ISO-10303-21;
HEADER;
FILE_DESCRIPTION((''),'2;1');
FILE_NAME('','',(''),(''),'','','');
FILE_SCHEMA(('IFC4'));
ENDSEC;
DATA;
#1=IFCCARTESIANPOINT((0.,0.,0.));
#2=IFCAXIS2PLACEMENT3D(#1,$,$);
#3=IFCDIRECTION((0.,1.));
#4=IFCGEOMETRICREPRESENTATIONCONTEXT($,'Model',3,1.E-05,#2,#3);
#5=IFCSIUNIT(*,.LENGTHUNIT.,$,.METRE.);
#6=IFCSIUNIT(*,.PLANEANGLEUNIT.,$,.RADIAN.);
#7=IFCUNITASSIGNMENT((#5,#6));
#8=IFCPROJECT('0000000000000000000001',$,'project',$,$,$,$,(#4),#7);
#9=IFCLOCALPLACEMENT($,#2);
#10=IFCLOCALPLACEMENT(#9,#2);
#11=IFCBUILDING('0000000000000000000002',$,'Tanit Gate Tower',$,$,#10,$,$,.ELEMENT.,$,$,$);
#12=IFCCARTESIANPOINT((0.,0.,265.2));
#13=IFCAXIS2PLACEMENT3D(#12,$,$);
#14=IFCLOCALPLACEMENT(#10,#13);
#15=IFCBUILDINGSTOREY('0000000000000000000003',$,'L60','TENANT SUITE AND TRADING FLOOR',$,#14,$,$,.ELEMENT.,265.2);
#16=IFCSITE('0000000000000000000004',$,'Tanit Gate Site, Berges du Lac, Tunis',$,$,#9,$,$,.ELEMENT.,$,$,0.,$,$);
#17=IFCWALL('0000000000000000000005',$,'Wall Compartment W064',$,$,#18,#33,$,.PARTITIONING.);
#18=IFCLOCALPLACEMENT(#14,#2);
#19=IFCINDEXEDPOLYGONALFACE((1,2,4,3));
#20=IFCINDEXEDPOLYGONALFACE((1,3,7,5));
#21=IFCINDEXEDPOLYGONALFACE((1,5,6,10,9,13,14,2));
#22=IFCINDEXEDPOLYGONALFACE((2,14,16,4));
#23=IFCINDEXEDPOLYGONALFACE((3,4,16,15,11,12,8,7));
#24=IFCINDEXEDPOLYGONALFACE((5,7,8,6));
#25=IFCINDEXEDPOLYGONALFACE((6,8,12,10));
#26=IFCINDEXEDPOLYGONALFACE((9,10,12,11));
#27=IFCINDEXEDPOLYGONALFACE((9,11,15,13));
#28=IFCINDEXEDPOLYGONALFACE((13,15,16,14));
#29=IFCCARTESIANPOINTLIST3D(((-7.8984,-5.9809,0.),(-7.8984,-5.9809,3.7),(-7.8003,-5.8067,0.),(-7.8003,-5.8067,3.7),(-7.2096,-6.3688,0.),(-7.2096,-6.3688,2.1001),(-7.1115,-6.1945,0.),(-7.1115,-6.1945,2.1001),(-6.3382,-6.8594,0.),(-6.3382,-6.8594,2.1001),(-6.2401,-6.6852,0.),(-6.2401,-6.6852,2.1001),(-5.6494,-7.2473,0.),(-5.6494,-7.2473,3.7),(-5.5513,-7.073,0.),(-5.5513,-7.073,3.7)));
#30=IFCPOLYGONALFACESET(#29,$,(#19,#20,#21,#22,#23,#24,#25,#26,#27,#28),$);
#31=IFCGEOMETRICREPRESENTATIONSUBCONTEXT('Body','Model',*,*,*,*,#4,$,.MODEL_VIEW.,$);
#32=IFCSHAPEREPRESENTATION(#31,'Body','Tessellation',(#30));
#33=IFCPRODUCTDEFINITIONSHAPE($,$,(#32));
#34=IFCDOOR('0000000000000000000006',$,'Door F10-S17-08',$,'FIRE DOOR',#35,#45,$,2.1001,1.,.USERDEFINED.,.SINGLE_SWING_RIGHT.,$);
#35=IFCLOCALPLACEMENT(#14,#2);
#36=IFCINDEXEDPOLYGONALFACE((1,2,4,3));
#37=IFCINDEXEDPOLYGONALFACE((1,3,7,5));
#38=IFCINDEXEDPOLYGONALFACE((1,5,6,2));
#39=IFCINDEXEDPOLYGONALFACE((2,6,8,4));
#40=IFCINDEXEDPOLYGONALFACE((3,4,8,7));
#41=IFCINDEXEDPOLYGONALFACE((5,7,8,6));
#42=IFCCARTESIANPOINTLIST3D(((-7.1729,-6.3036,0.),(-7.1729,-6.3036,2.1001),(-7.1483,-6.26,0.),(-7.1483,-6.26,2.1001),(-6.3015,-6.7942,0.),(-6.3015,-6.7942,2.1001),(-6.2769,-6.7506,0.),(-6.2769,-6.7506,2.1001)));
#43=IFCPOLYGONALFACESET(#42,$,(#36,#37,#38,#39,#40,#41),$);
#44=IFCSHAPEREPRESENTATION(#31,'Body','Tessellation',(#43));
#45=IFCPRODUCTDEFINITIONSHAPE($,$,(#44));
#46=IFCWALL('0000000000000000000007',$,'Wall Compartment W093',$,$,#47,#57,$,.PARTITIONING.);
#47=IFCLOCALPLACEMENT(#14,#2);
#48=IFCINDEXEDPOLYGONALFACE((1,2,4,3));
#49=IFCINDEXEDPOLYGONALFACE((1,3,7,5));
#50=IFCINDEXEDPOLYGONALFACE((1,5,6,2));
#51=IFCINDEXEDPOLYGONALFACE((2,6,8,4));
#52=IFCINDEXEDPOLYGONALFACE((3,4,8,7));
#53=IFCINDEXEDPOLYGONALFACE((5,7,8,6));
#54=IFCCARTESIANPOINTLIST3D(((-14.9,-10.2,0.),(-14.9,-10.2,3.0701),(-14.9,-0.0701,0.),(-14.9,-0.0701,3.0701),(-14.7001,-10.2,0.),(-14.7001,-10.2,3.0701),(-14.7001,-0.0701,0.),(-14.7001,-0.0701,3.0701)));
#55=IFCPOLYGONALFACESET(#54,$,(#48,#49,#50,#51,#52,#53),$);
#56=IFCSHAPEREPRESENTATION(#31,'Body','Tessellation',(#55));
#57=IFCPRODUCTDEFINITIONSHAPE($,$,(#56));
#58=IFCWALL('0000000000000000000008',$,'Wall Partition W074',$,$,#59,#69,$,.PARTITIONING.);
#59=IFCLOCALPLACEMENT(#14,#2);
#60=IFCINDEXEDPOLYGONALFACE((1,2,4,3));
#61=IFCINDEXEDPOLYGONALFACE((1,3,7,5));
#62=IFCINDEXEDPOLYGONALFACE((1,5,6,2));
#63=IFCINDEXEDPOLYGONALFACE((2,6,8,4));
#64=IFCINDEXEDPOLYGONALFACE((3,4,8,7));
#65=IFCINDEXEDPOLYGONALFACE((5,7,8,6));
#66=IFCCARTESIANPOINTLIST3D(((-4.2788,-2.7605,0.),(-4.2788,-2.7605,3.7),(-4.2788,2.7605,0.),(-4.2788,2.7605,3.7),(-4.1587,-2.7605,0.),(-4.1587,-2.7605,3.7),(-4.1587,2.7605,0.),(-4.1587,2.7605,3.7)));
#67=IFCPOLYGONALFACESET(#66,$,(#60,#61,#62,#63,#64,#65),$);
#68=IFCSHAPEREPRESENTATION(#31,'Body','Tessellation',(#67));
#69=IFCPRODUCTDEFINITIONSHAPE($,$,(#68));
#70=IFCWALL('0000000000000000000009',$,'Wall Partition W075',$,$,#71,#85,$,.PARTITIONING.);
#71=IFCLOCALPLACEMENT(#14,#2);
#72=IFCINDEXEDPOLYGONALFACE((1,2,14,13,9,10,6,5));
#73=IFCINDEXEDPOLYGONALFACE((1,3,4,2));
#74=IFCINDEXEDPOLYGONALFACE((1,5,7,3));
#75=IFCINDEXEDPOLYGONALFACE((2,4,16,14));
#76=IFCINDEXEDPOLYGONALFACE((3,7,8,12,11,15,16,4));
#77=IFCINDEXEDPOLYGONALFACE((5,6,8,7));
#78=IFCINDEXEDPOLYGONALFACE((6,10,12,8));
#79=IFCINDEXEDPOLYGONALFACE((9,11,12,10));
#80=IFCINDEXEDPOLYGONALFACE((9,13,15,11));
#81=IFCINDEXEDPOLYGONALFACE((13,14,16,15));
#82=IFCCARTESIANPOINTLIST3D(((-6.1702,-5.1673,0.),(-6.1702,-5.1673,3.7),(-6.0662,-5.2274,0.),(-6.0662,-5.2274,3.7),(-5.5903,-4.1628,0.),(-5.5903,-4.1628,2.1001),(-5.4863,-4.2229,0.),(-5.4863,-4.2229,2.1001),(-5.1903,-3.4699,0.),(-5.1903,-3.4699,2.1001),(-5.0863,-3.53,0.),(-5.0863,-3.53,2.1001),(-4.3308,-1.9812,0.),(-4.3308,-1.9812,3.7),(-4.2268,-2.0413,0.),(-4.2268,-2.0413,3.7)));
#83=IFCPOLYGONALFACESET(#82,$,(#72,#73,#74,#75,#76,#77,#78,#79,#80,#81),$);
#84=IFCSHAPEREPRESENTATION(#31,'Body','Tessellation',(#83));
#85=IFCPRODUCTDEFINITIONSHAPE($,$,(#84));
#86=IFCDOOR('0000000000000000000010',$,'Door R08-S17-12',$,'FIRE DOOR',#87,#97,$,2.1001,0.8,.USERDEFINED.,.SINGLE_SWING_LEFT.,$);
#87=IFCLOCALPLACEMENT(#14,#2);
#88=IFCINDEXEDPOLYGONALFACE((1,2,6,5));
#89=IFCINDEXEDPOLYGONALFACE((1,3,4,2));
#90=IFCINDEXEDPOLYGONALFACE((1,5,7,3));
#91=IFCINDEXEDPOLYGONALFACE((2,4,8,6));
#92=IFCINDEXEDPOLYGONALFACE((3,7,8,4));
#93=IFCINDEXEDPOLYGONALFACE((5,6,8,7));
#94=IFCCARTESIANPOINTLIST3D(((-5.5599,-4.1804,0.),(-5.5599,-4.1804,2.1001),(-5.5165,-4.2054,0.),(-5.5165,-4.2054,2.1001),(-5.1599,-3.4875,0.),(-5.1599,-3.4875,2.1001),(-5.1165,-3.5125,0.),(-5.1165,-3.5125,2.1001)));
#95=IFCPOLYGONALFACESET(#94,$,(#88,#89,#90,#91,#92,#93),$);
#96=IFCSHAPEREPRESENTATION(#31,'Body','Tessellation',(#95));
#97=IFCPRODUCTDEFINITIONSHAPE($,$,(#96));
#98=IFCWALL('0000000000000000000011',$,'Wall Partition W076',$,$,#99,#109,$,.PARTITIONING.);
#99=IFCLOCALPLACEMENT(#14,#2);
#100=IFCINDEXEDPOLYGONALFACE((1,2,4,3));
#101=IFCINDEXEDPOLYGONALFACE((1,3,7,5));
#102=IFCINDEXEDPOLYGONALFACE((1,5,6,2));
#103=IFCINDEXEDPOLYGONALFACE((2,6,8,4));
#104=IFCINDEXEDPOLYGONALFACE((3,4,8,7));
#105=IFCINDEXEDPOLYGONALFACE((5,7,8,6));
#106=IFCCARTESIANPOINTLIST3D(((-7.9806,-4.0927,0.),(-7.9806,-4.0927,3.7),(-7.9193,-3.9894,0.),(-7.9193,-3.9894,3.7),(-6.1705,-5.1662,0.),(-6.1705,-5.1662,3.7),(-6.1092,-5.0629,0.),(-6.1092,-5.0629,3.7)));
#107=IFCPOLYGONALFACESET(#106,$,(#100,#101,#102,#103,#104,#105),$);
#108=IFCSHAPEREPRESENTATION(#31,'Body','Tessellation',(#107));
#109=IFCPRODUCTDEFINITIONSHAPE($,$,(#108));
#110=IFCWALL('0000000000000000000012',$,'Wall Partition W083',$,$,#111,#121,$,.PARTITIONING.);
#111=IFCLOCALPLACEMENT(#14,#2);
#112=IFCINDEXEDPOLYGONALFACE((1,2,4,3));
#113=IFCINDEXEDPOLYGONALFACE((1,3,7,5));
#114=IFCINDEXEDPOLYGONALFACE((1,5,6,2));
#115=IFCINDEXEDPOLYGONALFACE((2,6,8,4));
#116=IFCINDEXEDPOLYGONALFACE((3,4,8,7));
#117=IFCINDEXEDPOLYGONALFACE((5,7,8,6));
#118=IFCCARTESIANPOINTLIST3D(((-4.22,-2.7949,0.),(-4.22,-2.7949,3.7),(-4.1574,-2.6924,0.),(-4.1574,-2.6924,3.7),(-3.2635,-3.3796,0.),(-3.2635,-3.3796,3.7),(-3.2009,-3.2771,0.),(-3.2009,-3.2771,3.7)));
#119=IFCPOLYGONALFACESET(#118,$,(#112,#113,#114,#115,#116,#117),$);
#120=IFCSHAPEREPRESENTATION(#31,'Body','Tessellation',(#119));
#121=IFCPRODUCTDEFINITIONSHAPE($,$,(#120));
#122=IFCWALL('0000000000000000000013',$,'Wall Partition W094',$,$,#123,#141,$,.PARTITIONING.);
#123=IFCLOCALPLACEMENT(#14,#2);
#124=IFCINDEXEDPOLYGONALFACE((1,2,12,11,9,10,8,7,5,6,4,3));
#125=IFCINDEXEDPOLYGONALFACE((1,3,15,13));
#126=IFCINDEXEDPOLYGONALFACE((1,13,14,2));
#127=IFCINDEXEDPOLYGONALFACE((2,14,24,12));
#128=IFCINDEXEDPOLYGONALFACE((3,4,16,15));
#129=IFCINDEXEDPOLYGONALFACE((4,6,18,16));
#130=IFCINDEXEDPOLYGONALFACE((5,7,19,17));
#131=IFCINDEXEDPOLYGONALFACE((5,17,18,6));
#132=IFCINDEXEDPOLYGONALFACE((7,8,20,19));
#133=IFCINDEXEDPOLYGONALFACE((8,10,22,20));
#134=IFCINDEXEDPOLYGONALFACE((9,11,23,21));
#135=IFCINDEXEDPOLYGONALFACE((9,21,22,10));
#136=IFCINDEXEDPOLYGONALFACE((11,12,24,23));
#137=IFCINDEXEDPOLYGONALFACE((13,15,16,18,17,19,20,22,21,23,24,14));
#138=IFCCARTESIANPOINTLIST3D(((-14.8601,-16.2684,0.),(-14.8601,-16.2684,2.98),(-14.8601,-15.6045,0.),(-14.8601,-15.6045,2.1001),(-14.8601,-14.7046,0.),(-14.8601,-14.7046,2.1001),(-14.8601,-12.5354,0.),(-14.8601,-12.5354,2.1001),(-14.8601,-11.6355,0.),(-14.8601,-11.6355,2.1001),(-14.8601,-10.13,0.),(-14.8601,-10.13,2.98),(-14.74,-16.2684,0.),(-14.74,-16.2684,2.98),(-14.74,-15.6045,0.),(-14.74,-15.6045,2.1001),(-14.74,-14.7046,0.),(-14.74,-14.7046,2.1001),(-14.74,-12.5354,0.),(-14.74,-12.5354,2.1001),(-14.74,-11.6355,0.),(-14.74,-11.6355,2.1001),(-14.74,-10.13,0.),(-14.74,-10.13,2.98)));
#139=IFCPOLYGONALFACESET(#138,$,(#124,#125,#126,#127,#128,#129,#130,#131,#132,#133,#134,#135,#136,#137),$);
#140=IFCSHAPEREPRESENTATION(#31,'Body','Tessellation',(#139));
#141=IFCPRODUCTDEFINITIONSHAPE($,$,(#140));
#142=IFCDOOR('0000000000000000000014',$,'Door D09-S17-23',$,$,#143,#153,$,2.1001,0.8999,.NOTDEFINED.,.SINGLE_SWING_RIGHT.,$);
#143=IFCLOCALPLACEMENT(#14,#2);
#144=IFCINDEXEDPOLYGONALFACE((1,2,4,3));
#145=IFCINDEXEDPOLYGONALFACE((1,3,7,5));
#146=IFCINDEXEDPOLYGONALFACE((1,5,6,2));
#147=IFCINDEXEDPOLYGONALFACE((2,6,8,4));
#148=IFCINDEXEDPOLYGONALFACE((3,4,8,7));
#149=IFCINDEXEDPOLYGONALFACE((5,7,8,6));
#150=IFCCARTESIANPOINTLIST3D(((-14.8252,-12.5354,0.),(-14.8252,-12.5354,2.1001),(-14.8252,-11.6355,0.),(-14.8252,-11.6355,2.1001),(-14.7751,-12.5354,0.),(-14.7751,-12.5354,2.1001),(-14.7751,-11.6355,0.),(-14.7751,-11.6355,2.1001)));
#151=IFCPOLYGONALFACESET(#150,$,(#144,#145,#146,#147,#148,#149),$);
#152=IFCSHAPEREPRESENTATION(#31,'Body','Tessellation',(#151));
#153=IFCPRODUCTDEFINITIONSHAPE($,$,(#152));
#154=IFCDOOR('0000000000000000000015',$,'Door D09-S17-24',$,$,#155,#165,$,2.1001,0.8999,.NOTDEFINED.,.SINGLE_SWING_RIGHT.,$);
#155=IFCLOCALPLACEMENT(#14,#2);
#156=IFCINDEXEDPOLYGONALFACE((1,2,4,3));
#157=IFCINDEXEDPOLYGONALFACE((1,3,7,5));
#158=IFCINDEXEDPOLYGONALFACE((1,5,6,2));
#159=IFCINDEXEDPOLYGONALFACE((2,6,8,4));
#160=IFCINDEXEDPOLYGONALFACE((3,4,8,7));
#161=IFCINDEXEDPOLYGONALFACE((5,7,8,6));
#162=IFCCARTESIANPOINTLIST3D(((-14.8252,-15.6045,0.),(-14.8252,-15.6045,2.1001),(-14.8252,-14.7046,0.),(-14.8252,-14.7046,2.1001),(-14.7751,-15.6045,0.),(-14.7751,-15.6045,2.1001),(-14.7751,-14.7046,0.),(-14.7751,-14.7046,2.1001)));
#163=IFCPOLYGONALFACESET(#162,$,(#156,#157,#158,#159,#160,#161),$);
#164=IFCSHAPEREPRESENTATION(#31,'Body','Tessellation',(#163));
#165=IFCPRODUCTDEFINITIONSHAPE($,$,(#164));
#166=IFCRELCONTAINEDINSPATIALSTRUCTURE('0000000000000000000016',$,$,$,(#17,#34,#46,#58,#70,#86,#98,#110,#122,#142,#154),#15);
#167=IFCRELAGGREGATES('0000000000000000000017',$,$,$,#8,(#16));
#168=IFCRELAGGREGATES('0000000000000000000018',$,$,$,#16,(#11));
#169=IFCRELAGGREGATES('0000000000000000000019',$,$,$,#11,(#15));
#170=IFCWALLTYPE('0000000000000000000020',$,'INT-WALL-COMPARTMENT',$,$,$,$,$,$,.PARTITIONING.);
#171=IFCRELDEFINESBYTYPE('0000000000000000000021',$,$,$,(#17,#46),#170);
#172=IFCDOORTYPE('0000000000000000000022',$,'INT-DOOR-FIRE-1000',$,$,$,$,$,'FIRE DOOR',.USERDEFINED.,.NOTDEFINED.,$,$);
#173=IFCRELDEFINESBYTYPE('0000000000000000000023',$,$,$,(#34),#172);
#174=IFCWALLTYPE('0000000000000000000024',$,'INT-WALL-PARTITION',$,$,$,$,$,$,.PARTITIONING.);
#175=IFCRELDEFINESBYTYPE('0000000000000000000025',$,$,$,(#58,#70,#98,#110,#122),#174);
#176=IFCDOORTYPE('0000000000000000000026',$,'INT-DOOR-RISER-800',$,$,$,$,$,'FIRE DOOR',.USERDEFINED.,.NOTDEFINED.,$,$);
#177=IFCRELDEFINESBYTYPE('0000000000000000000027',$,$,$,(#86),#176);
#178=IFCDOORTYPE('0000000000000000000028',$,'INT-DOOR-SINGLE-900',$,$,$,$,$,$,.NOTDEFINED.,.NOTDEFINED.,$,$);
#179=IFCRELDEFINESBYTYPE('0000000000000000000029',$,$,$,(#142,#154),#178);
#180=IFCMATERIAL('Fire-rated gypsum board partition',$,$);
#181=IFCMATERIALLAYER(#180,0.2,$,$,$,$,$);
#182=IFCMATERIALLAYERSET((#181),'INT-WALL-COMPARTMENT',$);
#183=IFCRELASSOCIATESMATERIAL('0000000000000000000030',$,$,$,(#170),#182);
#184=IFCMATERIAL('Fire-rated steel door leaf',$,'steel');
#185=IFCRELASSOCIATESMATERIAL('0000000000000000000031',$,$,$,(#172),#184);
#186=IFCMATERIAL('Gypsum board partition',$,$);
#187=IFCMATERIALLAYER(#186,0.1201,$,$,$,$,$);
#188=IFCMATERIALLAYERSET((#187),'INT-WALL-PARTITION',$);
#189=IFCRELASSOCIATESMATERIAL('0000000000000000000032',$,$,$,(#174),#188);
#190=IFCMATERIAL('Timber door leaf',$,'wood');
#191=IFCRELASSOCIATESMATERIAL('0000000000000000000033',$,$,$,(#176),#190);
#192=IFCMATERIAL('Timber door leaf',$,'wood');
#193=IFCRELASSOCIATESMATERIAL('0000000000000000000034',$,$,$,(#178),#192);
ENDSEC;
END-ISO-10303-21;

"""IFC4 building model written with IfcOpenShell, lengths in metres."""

from ifc_helpers import new_model, si_unit, direction, frame, frame_2d, origin, place, context, subcontext, project, spatial, rectangle, extrude, material, layer, layer_set, type_object, element, fill, save


model = new_model("IFC4")

# Units and contexts
model_context = context("Model", 3, precision=1e-05, world=origin(), true_north=direction((0.0, 1.0)))
body_context = subcontext(model_context, "Body", "Model", "MODEL_VIEW")
ifc_project = project(units=[si_unit("LENGTHUNIT", "METRE"), si_unit("PLANEANGLEUNIT", "RADIAN")], contexts=[model_context])

# Site, building, storey
site_placement = place(None, origin())
site = spatial("IfcSite", under=ifc_project, at=site_placement, Name="Tanit Gate Site, Berges du Lac, Tunis", CompositionType="ELEMENT", RefElevation=0.0)
building_placement = place(site_placement, origin())
building = spatial("IfcBuilding", under=site, at=building_placement, Name="Tanit Gate Tower", CompositionType="ELEMENT")
storey_placement = place(building_placement, frame((0.0, 0.0, 265.2)))
storey = spatial("IfcBuildingStorey", under=building, at=storey_placement, Name="L60", Description="TENANT SUITE AND TRADING FLOOR", CompositionType="ELEMENT", Elevation=265.2)

# Wall, opening, door
ifc_material_1 = material(Name="Fire-rated gypsum board partition")
ifc_layer_1 = layer(ifc_material_1, 0.2)
ifc_layer_set_1 = layer_set([ifc_layer_1], Name="INT-WALL-COMPARTMENT")
wall_type_1 = type_object("IfcWallType", Name="INT-WALL-COMPARTMENT", PredefinedType="PARTITIONING", material=ifc_layer_set_1)
wall_1_placement = place(storey_placement, frame((-7.8494, -5.8938, 0.0), z_axis=(0.0, 0.0, 1.0), x_axis=(0.871363, -0.490638, 0.0)))
wall_1 = element("IfcWall", 1, at=wall_1_placement, inside=storey, type_object=wall_type_1, Name="Wall Compartment W064", PredefinedType="PARTITIONING", context=body_context, shape_type="SweptSolid", body=[
    extrude(rectangle(XDim=2.5811, YDim=0.2, at=frame_2d((1.2905, 0.0))), origin(), (0.0, 0.0, 1.0), 3.7),
])
opening_1_placement = place(wall_1_placement, frame((0.7905, 0.0, 0.0)))
opening_1 = element("IfcOpeningElement", 2, at=opening_1_placement, cuts=wall_1, PredefinedType="OPENING", context=body_context, shape_type="SweptSolid", body=[
    extrude(rectangle(XDim=1.0, YDim=2.1001, at=frame_2d((0.5, 1.05))), frame((0.0, 0.1099, 0.0), z_axis=(0.0, -1.0, 0.0), x_axis=(1.0, 0.0, 0.0)), (0.0, 0.0, 1.0), 0.22),
])
ifc_material_2 = material(Name="Fire-rated steel door leaf", Category="steel")
door_type_1 = type_object("IfcDoorType", Name="INT-DOOR-FIRE-1000", ElementType="FIRE DOOR", OperationType="NOTDEFINED", PredefinedType="USERDEFINED", material=ifc_material_2)
door_1_placement = place(opening_1_placement, origin())
door_1 = element("IfcDoor", 3, at=door_1_placement, inside=storey, type_object=door_type_1, Name="Door F10-S17-08", ObjectType="FIRE DOOR", OperationType="SINGLE_SWING_RIGHT", OverallHeight=2.1001, OverallWidth=1.0, PredefinedType="USERDEFINED", context=body_context, shape_type="SweptSolid", body=[
    extrude(rectangle(XDim=1.0, YDim=2.1001, at=frame_2d((0.5, 1.05))), frame((0.0, 0.0249, 0.0), z_axis=(0.0, -1.0, 0.0), x_axis=(1.0, 0.0, 0.0)), (0.0, 0.0, 1.0), 0.05),
])
fill(opening_1, door_1)

# Walls
wall_2_placement = place(storey_placement, frame((-14.8, -0.0701, 0.0), z_axis=(0.0, 0.0, 1.0), x_axis=(0.0, -1.0, 0.0)))
element("IfcWall", 4, at=wall_2_placement, inside=storey, type_object=wall_type_1, Name="Wall Compartment W093", PredefinedType="PARTITIONING", context=body_context, shape_type="SweptSolid", body=[
    extrude(rectangle(XDim=10.1299, YDim=0.2, at=frame_2d((5.0649, 0.0))), origin(), (0.0, 0.0, 1.0), 3.0701),
])
ifc_material_3 = material(Name="Gypsum board partition")
ifc_layer_2 = layer(ifc_material_3, 0.1201)
ifc_layer_set_2 = layer_set([ifc_layer_2], Name="INT-WALL-PARTITION")
wall_type_2 = type_object("IfcWallType", Name="INT-WALL-PARTITION", PredefinedType="PARTITIONING", material=ifc_layer_set_2)
wall_3_placement = place(storey_placement, frame((-4.2188, -2.7605, 0.0), z_axis=(0.0, 0.0, 1.0), x_axis=(0.0, 1.0, 0.0)))
element("IfcWall", 5, at=wall_3_placement, inside=storey, type_object=wall_type_2, Name="Wall Partition W074", PredefinedType="PARTITIONING", context=body_context, shape_type="SweptSolid", body=[
    extrude(rectangle(XDim=5.521, YDim=0.1201, at=frame_2d((2.7605, 0.0))), origin(), (0.0, 0.0, 1.0), 3.7),
])

# Wall, opening, door
wall_4_placement = place(storey_placement, frame((-6.1182, -5.1973, 0.0), z_axis=(0.0, 0.0, 1.0), x_axis=(0.499979, 0.866038, 0.0)))
wall_4 = element("IfcWall", 6, at=wall_4_placement, inside=storey, type_object=wall_type_2, Name="Wall Partition W075", PredefinedType="PARTITIONING", context=body_context, shape_type="SweptSolid", body=[
    extrude(rectangle(XDim=3.679, YDim=0.1201, at=frame_2d((1.8394, 0.0))), origin(), (0.0, 0.0, 1.0), 3.7),
])
opening_2_placement = place(wall_4_placement, frame((1.1599, 0.0, 0.0)))
opening_2 = element("IfcOpeningElement", 7, at=opening_2_placement, cuts=wall_4, PredefinedType="OPENING", context=body_context, shape_type="SweptSolid", body=[
    extrude(rectangle(XDim=0.8, YDim=2.1001, at=frame_2d((0.3999, 1.05))), frame((0.0, 0.0701, 0.0), z_axis=(0.0, -1.0, 0.0), x_axis=(1.0, 0.0, 0.0)), (0.0, 0.0, 1.0), 0.1401),
])
ifc_material_4 = material(Name="Timber door leaf", Category="wood")
door_type_2 = type_object("IfcDoorType", Name="INT-DOOR-RISER-800", ElementType="FIRE DOOR", OperationType="NOTDEFINED", PredefinedType="USERDEFINED", material=ifc_material_4)
door_2_placement = place(opening_2_placement, origin())
door_2 = element("IfcDoor", 8, at=door_2_placement, inside=storey, type_object=door_type_2, Name="Door R08-S17-12", ObjectType="FIRE DOOR", OperationType="SINGLE_SWING_LEFT", OverallHeight=2.1001, OverallWidth=0.8, PredefinedType="USERDEFINED", context=body_context, shape_type="SweptSolid", body=[
    extrude(rectangle(XDim=0.8, YDim=2.1001, at=frame_2d((0.3999, 1.05))), frame((0.0, 0.0249, 0.0), z_axis=(0.0, -1.0, 0.0), x_axis=(1.0, 0.0, 0.0)), (0.0, 0.0, 1.0), 0.05),
])
fill(opening_2, door_2)

# Walls
wall_5_placement = place(storey_placement, frame((-7.95, -4.041, 0.0), z_axis=(0.0, 0.0, 1.0), x_axis=(0.860112, -0.510104, 0.0)))
element("IfcWall", 9, at=wall_5_placement, inside=storey, type_object=wall_type_2, Name="Wall Partition W076", PredefinedType="PARTITIONING", context=body_context, shape_type="SweptSolid", body=[
    extrude(rectangle(XDim=2.1045, YDim=0.1201, at=frame_2d((1.0522, 0.0))), origin(), (0.0, 0.0, 1.0), 3.7),
])
wall_6_placement = place(storey_placement, frame((-4.1887, -2.7437, 0.0), z_axis=(0.0, 0.0, 1.0), x_axis=(0.853217, -0.521556, 0.0)))
element("IfcWall", 10, at=wall_6_placement, inside=storey, type_object=wall_type_2, Name="Wall Partition W083", PredefinedType="PARTITIONING", context=body_context, shape_type="SweptSolid", body=[
    extrude(rectangle(XDim=1.1211, YDim=0.1201, at=frame_2d((0.5605, 0.0))), origin(), (0.0, 0.0, 1.0), 3.7),
])

# Wall, openings, doors
wall_7_placement = place(storey_placement, frame((-14.8, -10.1299, 0.0), z_axis=(0.0, 0.0, 1.0), x_axis=(0.0, -1.0, 0.0)))
wall_7 = element("IfcWall", 11, at=wall_7_placement, inside=storey, type_object=wall_type_2, Name="Wall Partition W094", PredefinedType="PARTITIONING", context=body_context, shape_type="SweptSolid", body=[
    extrude(rectangle(XDim=6.1384, YDim=0.1201, at=frame_2d((3.0693, 0.0))), origin(), (0.0, 0.0, 1.0), 2.98),
])
opening_3_placement = place(wall_7_placement, frame((1.5056, 0.0, 0.0)))
opening_3 = element("IfcOpeningElement", 12, at=opening_3_placement, cuts=wall_7, PredefinedType="OPENING", context=body_context, shape_type="SweptSolid", body=[
    extrude(rectangle(XDim=0.8999, YDim=2.1001, at=frame_2d((0.45, 1.05))), frame((0.0, 0.0701, 0.0), z_axis=(0.0, -1.0, 0.0), x_axis=(1.0, 0.0, 0.0)), (0.0, 0.0, 1.0), 0.1401),
])
opening_4_placement = place(wall_7_placement, frame((4.5747, 0.0, 0.0)))
opening_4 = element("IfcOpeningElement", 13, at=opening_4_placement, cuts=wall_7, PredefinedType="OPENING", context=body_context, shape_type="SweptSolid", body=[
    extrude(rectangle(XDim=0.8999, YDim=2.1001, at=frame_2d((0.45, 1.05))), frame((0.0, 0.0701, 0.0), z_axis=(0.0, -1.0, 0.0), x_axis=(1.0, 0.0, 0.0)), (0.0, 0.0, 1.0), 0.1401),
])
ifc_material_5 = material(Name="Timber door leaf", Category="wood")
door_type_3 = type_object("IfcDoorType", Name="INT-DOOR-SINGLE-900", OperationType="NOTDEFINED", PredefinedType="NOTDEFINED", material=ifc_material_5)
door_3_placement = place(opening_3_placement, origin())
door_3 = element("IfcDoor", 14, at=door_3_placement, inside=storey, type_object=door_type_3, Name="Door D09-S17-23", OperationType="SINGLE_SWING_RIGHT", OverallHeight=2.1001, OverallWidth=0.8999, PredefinedType="NOTDEFINED", context=body_context, shape_type="SweptSolid", body=[
    extrude(rectangle(XDim=0.8999, YDim=2.1001, at=frame_2d((0.45, 1.05))), frame((0.0, 0.0249, 0.0), z_axis=(0.0, -1.0, 0.0), x_axis=(1.0, 0.0, 0.0)), (0.0, 0.0, 1.0), 0.05),
])
fill(opening_3, door_3)
door_4_placement = place(opening_4_placement, origin())
door_4 = element("IfcDoor", 15, at=door_4_placement, inside=storey, type_object=door_type_3, Name="Door D09-S17-24", OperationType="SINGLE_SWING_RIGHT", OverallHeight=2.1001, OverallWidth=0.8999, PredefinedType="NOTDEFINED", context=body_context, shape_type="SweptSolid", body=[
    extrude(rectangle(XDim=0.8999, YDim=2.1001, at=frame_2d((0.45, 1.05))), frame((0.0, 0.0249, 0.0), z_axis=(0.0, -1.0, 0.0), x_axis=(1.0, 0.0, 0.0)), (0.0, 0.0, 1.0), 0.05),
])
fill(opening_4, door_4)

save(model, "model.ifc")
